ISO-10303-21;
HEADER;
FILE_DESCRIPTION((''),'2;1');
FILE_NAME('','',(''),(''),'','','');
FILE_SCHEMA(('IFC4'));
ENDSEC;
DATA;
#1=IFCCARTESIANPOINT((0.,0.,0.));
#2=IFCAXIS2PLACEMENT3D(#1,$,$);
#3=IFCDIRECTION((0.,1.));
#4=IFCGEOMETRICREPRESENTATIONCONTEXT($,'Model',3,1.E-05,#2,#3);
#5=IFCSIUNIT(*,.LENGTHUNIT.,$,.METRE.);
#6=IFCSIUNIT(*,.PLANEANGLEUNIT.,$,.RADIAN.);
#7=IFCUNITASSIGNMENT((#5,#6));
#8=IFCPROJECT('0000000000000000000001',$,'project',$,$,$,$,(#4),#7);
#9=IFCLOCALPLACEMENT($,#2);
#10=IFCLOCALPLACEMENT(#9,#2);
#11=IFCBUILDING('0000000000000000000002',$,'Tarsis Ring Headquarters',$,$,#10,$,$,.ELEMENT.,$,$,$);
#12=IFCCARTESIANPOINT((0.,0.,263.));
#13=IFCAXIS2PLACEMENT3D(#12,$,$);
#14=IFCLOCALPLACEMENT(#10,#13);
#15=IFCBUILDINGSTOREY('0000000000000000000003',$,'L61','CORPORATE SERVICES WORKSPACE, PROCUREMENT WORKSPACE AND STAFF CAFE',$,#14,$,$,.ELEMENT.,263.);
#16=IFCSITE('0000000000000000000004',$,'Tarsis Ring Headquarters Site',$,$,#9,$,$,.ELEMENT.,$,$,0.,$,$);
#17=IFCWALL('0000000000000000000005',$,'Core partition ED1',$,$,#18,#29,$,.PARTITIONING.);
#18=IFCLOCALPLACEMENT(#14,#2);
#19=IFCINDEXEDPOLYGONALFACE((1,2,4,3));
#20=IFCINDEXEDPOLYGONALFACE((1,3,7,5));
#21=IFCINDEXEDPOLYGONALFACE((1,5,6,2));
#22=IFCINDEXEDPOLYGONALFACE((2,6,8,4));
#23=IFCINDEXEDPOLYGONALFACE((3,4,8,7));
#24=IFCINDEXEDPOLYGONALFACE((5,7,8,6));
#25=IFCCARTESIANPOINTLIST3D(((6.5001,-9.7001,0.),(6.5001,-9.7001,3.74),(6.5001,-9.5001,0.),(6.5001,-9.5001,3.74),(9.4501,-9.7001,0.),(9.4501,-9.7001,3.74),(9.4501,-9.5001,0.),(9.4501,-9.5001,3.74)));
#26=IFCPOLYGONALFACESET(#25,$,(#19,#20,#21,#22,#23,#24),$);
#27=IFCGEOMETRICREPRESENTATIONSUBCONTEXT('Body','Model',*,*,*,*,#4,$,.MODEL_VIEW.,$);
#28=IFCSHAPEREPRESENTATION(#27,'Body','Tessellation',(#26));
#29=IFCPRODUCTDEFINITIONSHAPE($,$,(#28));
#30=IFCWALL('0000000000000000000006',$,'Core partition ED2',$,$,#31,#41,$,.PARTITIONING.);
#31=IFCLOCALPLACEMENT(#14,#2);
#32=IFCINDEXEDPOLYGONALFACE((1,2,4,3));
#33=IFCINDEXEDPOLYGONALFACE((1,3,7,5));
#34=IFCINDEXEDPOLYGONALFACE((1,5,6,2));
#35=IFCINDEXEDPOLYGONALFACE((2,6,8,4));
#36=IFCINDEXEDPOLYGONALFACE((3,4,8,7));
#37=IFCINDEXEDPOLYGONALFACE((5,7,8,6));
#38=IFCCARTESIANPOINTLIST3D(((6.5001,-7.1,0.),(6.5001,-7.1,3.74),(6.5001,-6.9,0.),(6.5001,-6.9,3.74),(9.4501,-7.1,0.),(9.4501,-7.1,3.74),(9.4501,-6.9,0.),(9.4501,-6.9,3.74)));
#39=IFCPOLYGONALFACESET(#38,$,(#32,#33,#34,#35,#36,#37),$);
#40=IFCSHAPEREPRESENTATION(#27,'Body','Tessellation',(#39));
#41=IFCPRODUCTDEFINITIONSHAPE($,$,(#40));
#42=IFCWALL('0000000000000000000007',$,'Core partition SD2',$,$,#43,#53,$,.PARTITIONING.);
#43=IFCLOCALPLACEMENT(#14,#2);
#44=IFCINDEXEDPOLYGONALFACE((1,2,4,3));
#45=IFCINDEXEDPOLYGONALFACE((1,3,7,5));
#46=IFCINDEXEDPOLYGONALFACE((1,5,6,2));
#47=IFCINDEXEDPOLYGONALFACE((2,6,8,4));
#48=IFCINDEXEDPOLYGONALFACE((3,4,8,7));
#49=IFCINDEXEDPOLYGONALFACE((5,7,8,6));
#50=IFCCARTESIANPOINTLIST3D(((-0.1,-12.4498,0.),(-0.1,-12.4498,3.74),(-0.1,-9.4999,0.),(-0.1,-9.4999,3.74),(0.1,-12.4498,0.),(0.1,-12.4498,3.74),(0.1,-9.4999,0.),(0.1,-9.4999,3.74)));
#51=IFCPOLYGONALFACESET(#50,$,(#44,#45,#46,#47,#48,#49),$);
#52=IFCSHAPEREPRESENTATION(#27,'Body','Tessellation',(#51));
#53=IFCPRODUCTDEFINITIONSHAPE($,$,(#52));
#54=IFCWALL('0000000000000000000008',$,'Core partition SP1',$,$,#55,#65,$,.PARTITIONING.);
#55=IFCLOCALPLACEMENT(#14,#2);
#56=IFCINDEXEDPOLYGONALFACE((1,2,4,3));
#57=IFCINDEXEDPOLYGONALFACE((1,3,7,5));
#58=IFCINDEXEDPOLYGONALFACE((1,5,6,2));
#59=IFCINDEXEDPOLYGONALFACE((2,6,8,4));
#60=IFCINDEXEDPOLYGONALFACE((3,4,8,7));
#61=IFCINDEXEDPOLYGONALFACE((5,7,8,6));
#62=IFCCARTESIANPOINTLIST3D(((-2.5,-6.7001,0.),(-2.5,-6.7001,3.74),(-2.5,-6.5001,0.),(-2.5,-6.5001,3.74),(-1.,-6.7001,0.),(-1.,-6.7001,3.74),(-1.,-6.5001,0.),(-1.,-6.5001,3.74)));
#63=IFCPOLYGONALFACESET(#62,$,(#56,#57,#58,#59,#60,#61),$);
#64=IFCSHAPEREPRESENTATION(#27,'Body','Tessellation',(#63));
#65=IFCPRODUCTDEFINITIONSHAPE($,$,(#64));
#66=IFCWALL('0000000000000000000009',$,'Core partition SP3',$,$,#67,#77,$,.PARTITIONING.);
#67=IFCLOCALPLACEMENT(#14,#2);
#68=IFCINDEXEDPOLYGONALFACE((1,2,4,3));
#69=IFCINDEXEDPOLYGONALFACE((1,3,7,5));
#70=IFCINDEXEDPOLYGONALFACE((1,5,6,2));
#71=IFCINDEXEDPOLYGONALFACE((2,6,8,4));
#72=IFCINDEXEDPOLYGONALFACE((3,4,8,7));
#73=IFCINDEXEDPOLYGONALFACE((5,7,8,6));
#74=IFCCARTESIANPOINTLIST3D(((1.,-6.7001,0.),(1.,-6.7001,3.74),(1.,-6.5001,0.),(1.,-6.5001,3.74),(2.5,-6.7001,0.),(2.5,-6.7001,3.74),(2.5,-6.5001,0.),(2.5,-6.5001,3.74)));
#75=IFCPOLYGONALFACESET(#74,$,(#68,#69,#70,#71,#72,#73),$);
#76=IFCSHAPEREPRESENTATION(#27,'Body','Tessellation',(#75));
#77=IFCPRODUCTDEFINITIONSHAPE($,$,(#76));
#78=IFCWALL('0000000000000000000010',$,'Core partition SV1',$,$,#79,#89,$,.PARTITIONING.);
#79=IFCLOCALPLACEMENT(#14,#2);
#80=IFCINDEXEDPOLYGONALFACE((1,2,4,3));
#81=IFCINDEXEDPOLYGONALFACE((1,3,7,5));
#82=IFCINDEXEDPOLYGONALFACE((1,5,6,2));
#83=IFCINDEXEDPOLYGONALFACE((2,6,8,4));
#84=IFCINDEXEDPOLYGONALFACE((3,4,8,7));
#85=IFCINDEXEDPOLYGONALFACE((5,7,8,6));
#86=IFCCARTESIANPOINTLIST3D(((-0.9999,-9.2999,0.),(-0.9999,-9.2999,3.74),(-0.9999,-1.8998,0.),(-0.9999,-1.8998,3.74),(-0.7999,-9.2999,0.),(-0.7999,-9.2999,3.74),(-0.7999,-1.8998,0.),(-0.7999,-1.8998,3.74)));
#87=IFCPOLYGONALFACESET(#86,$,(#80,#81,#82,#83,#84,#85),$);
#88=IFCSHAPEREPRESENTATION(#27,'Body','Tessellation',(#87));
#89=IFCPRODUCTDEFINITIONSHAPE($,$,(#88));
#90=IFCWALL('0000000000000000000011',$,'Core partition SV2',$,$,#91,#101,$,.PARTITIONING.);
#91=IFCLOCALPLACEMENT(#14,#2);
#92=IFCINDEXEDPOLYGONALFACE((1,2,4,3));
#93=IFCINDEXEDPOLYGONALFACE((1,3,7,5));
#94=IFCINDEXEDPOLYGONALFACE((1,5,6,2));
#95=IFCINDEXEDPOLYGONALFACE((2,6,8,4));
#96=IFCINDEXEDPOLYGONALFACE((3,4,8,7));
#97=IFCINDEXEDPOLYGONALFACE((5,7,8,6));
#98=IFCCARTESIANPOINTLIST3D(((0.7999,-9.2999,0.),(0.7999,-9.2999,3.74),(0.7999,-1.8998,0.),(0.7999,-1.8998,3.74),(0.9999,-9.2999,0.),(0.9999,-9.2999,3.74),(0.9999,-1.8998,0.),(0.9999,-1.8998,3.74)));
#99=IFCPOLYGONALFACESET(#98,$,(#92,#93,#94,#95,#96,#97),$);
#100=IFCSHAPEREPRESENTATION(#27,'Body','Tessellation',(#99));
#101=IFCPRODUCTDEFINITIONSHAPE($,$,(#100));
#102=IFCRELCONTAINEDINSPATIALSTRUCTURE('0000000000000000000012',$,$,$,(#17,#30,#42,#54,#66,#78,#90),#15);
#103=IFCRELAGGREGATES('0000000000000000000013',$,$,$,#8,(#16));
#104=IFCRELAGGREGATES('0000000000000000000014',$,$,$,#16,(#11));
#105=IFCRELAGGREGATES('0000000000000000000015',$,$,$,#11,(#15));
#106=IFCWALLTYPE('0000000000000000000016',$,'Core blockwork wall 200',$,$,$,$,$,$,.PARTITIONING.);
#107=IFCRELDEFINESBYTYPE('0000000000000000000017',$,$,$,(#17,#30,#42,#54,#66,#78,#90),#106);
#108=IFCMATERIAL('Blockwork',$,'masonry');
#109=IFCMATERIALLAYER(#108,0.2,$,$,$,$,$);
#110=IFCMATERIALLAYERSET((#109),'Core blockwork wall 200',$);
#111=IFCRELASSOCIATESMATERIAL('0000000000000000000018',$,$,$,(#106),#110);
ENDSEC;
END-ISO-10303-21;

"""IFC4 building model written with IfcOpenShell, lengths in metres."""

from ifc_helpers import new_model, si_unit, direction, frame, frame_2d, origin, place, context, subcontext, project, spatial, rectangle, extrude, material, layer, layer_set, type_object, element, save


model = new_model("IFC4")

# Units and contexts
model_context = context("Model", 3, precision=1e-05, world=origin(), true_north=direction((0.0, 1.0)))
body_context = subcontext(model_context, "Body", "Model", "MODEL_VIEW")
ifc_project = project(units=[si_unit("LENGTHUNIT", "METRE"), si_unit("PLANEANGLEUNIT", "RADIAN")], contexts=[model_context])

# Site, building, storey
site_placement = place(None, origin())
site = spatial("IfcSite", under=ifc_project, at=site_placement, Name="Tarsis Ring Headquarters Site", CompositionType="ELEMENT", RefElevation=0.0)
building_placement = place(site_placement, origin())
building = spatial("IfcBuilding", under=site, at=building_placement, Name="Tarsis Ring Headquarters", CompositionType="ELEMENT")
storey_placement = place(building_placement, frame((0.0, 0.0, 263.0)))
storey = spatial("IfcBuildingStorey", under=building, at=storey_placement, Name="L61", Description="CORPORATE SERVICES WORKSPACE, PROCUREMENT WORKSPACE AND STAFF CAFE", CompositionType="ELEMENT", Elevation=263.0)

# Walls
ifc_material_1 = material(Name="Blockwork", Category="masonry")
ifc_layer_1 = layer(ifc_material_1, 0.2)
ifc_layer_set_1 = layer_set([ifc_layer_1], Name="Core blockwork wall 200")
wall_type_1 = type_object("IfcWallType", Name="Core blockwork wall 200", PredefinedType="PARTITIONING", material=ifc_layer_set_1)
for number, where, z_axis, x_axis, name in (
    (1, (6.5, -9.6001, 0.0), (0.0, 0.0, 1.0), (1.0, 0.0, 0.0), "Core partition ED1"),
    (2, (6.5, -7.0, 0.0), (0.0, 0.0, 1.0), (1.0, 0.0, 0.0), "Core partition ED2"),
    (3, (0.0, -12.45, 0.0), (0.0, 0.0, 1.0), (0.0, 1.0, 0.0), "Core partition SD2"),
):
    element("IfcWall", number, at=place(storey_placement, frame(where, z_axis=z_axis, x_axis=x_axis)), inside=storey, type_object=wall_type_1, Name=name, PredefinedType="PARTITIONING", context=body_context, shape_type="SweptSolid", body=[
        extrude(rectangle(XDim=2.95, YDim=0.2, at=frame_2d((1.4751, 0.0))), origin(), (0.0, 0.0, 1.0), 3.74),
    ])
for number, where, z_axis, x_axis, name in (
    (4, (-2.5, -6.6001, 0.0), (0.0, 0.0, 1.0), (1.0, 0.0, 0.0), "Core partition SP1"),
    (5, (1.0, -6.6001, 0.0), (0.0, 0.0, 1.0), (1.0, 0.0, 0.0), "Core partition SP3"),
):
    element("IfcWall", number, at=place(storey_placement, frame(where, z_axis=z_axis, x_axis=x_axis)), inside=storey, type_object=wall_type_1, Name=name, PredefinedType="PARTITIONING", context=body_context, shape_type="SweptSolid", body=[
        extrude(rectangle(XDim=1.5, YDim=0.2, at=frame_2d((0.75, 0.0))), origin(), (0.0, 0.0, 1.0), 3.74),
    ])
for number, where, z_axis, x_axis, name in (
    (6, (-0.8999, -9.3, 0.0), (0.0, 0.0, 1.0), (0.0, 1.0, 0.0), "Core partition SV1"),
    (7, (0.8999, -9.3, 0.0), (0.0, 0.0, 1.0), (0.0, 1.0, 0.0), "Core partition SV2"),
):
    element("IfcWall", number, at=place(storey_placement, frame(where, z_axis=z_axis, x_axis=x_axis)), inside=storey, type_object=wall_type_1, Name=name, PredefinedType="PARTITIONING", context=body_context, shape_type="SweptSolid", body=[
        extrude(rectangle(XDim=7.4001, YDim=0.2, at=frame_2d((3.7002, 0.0))), origin(), (0.0, 0.0, 1.0), 3.74),
    ])

save(model, "model.ifc")
